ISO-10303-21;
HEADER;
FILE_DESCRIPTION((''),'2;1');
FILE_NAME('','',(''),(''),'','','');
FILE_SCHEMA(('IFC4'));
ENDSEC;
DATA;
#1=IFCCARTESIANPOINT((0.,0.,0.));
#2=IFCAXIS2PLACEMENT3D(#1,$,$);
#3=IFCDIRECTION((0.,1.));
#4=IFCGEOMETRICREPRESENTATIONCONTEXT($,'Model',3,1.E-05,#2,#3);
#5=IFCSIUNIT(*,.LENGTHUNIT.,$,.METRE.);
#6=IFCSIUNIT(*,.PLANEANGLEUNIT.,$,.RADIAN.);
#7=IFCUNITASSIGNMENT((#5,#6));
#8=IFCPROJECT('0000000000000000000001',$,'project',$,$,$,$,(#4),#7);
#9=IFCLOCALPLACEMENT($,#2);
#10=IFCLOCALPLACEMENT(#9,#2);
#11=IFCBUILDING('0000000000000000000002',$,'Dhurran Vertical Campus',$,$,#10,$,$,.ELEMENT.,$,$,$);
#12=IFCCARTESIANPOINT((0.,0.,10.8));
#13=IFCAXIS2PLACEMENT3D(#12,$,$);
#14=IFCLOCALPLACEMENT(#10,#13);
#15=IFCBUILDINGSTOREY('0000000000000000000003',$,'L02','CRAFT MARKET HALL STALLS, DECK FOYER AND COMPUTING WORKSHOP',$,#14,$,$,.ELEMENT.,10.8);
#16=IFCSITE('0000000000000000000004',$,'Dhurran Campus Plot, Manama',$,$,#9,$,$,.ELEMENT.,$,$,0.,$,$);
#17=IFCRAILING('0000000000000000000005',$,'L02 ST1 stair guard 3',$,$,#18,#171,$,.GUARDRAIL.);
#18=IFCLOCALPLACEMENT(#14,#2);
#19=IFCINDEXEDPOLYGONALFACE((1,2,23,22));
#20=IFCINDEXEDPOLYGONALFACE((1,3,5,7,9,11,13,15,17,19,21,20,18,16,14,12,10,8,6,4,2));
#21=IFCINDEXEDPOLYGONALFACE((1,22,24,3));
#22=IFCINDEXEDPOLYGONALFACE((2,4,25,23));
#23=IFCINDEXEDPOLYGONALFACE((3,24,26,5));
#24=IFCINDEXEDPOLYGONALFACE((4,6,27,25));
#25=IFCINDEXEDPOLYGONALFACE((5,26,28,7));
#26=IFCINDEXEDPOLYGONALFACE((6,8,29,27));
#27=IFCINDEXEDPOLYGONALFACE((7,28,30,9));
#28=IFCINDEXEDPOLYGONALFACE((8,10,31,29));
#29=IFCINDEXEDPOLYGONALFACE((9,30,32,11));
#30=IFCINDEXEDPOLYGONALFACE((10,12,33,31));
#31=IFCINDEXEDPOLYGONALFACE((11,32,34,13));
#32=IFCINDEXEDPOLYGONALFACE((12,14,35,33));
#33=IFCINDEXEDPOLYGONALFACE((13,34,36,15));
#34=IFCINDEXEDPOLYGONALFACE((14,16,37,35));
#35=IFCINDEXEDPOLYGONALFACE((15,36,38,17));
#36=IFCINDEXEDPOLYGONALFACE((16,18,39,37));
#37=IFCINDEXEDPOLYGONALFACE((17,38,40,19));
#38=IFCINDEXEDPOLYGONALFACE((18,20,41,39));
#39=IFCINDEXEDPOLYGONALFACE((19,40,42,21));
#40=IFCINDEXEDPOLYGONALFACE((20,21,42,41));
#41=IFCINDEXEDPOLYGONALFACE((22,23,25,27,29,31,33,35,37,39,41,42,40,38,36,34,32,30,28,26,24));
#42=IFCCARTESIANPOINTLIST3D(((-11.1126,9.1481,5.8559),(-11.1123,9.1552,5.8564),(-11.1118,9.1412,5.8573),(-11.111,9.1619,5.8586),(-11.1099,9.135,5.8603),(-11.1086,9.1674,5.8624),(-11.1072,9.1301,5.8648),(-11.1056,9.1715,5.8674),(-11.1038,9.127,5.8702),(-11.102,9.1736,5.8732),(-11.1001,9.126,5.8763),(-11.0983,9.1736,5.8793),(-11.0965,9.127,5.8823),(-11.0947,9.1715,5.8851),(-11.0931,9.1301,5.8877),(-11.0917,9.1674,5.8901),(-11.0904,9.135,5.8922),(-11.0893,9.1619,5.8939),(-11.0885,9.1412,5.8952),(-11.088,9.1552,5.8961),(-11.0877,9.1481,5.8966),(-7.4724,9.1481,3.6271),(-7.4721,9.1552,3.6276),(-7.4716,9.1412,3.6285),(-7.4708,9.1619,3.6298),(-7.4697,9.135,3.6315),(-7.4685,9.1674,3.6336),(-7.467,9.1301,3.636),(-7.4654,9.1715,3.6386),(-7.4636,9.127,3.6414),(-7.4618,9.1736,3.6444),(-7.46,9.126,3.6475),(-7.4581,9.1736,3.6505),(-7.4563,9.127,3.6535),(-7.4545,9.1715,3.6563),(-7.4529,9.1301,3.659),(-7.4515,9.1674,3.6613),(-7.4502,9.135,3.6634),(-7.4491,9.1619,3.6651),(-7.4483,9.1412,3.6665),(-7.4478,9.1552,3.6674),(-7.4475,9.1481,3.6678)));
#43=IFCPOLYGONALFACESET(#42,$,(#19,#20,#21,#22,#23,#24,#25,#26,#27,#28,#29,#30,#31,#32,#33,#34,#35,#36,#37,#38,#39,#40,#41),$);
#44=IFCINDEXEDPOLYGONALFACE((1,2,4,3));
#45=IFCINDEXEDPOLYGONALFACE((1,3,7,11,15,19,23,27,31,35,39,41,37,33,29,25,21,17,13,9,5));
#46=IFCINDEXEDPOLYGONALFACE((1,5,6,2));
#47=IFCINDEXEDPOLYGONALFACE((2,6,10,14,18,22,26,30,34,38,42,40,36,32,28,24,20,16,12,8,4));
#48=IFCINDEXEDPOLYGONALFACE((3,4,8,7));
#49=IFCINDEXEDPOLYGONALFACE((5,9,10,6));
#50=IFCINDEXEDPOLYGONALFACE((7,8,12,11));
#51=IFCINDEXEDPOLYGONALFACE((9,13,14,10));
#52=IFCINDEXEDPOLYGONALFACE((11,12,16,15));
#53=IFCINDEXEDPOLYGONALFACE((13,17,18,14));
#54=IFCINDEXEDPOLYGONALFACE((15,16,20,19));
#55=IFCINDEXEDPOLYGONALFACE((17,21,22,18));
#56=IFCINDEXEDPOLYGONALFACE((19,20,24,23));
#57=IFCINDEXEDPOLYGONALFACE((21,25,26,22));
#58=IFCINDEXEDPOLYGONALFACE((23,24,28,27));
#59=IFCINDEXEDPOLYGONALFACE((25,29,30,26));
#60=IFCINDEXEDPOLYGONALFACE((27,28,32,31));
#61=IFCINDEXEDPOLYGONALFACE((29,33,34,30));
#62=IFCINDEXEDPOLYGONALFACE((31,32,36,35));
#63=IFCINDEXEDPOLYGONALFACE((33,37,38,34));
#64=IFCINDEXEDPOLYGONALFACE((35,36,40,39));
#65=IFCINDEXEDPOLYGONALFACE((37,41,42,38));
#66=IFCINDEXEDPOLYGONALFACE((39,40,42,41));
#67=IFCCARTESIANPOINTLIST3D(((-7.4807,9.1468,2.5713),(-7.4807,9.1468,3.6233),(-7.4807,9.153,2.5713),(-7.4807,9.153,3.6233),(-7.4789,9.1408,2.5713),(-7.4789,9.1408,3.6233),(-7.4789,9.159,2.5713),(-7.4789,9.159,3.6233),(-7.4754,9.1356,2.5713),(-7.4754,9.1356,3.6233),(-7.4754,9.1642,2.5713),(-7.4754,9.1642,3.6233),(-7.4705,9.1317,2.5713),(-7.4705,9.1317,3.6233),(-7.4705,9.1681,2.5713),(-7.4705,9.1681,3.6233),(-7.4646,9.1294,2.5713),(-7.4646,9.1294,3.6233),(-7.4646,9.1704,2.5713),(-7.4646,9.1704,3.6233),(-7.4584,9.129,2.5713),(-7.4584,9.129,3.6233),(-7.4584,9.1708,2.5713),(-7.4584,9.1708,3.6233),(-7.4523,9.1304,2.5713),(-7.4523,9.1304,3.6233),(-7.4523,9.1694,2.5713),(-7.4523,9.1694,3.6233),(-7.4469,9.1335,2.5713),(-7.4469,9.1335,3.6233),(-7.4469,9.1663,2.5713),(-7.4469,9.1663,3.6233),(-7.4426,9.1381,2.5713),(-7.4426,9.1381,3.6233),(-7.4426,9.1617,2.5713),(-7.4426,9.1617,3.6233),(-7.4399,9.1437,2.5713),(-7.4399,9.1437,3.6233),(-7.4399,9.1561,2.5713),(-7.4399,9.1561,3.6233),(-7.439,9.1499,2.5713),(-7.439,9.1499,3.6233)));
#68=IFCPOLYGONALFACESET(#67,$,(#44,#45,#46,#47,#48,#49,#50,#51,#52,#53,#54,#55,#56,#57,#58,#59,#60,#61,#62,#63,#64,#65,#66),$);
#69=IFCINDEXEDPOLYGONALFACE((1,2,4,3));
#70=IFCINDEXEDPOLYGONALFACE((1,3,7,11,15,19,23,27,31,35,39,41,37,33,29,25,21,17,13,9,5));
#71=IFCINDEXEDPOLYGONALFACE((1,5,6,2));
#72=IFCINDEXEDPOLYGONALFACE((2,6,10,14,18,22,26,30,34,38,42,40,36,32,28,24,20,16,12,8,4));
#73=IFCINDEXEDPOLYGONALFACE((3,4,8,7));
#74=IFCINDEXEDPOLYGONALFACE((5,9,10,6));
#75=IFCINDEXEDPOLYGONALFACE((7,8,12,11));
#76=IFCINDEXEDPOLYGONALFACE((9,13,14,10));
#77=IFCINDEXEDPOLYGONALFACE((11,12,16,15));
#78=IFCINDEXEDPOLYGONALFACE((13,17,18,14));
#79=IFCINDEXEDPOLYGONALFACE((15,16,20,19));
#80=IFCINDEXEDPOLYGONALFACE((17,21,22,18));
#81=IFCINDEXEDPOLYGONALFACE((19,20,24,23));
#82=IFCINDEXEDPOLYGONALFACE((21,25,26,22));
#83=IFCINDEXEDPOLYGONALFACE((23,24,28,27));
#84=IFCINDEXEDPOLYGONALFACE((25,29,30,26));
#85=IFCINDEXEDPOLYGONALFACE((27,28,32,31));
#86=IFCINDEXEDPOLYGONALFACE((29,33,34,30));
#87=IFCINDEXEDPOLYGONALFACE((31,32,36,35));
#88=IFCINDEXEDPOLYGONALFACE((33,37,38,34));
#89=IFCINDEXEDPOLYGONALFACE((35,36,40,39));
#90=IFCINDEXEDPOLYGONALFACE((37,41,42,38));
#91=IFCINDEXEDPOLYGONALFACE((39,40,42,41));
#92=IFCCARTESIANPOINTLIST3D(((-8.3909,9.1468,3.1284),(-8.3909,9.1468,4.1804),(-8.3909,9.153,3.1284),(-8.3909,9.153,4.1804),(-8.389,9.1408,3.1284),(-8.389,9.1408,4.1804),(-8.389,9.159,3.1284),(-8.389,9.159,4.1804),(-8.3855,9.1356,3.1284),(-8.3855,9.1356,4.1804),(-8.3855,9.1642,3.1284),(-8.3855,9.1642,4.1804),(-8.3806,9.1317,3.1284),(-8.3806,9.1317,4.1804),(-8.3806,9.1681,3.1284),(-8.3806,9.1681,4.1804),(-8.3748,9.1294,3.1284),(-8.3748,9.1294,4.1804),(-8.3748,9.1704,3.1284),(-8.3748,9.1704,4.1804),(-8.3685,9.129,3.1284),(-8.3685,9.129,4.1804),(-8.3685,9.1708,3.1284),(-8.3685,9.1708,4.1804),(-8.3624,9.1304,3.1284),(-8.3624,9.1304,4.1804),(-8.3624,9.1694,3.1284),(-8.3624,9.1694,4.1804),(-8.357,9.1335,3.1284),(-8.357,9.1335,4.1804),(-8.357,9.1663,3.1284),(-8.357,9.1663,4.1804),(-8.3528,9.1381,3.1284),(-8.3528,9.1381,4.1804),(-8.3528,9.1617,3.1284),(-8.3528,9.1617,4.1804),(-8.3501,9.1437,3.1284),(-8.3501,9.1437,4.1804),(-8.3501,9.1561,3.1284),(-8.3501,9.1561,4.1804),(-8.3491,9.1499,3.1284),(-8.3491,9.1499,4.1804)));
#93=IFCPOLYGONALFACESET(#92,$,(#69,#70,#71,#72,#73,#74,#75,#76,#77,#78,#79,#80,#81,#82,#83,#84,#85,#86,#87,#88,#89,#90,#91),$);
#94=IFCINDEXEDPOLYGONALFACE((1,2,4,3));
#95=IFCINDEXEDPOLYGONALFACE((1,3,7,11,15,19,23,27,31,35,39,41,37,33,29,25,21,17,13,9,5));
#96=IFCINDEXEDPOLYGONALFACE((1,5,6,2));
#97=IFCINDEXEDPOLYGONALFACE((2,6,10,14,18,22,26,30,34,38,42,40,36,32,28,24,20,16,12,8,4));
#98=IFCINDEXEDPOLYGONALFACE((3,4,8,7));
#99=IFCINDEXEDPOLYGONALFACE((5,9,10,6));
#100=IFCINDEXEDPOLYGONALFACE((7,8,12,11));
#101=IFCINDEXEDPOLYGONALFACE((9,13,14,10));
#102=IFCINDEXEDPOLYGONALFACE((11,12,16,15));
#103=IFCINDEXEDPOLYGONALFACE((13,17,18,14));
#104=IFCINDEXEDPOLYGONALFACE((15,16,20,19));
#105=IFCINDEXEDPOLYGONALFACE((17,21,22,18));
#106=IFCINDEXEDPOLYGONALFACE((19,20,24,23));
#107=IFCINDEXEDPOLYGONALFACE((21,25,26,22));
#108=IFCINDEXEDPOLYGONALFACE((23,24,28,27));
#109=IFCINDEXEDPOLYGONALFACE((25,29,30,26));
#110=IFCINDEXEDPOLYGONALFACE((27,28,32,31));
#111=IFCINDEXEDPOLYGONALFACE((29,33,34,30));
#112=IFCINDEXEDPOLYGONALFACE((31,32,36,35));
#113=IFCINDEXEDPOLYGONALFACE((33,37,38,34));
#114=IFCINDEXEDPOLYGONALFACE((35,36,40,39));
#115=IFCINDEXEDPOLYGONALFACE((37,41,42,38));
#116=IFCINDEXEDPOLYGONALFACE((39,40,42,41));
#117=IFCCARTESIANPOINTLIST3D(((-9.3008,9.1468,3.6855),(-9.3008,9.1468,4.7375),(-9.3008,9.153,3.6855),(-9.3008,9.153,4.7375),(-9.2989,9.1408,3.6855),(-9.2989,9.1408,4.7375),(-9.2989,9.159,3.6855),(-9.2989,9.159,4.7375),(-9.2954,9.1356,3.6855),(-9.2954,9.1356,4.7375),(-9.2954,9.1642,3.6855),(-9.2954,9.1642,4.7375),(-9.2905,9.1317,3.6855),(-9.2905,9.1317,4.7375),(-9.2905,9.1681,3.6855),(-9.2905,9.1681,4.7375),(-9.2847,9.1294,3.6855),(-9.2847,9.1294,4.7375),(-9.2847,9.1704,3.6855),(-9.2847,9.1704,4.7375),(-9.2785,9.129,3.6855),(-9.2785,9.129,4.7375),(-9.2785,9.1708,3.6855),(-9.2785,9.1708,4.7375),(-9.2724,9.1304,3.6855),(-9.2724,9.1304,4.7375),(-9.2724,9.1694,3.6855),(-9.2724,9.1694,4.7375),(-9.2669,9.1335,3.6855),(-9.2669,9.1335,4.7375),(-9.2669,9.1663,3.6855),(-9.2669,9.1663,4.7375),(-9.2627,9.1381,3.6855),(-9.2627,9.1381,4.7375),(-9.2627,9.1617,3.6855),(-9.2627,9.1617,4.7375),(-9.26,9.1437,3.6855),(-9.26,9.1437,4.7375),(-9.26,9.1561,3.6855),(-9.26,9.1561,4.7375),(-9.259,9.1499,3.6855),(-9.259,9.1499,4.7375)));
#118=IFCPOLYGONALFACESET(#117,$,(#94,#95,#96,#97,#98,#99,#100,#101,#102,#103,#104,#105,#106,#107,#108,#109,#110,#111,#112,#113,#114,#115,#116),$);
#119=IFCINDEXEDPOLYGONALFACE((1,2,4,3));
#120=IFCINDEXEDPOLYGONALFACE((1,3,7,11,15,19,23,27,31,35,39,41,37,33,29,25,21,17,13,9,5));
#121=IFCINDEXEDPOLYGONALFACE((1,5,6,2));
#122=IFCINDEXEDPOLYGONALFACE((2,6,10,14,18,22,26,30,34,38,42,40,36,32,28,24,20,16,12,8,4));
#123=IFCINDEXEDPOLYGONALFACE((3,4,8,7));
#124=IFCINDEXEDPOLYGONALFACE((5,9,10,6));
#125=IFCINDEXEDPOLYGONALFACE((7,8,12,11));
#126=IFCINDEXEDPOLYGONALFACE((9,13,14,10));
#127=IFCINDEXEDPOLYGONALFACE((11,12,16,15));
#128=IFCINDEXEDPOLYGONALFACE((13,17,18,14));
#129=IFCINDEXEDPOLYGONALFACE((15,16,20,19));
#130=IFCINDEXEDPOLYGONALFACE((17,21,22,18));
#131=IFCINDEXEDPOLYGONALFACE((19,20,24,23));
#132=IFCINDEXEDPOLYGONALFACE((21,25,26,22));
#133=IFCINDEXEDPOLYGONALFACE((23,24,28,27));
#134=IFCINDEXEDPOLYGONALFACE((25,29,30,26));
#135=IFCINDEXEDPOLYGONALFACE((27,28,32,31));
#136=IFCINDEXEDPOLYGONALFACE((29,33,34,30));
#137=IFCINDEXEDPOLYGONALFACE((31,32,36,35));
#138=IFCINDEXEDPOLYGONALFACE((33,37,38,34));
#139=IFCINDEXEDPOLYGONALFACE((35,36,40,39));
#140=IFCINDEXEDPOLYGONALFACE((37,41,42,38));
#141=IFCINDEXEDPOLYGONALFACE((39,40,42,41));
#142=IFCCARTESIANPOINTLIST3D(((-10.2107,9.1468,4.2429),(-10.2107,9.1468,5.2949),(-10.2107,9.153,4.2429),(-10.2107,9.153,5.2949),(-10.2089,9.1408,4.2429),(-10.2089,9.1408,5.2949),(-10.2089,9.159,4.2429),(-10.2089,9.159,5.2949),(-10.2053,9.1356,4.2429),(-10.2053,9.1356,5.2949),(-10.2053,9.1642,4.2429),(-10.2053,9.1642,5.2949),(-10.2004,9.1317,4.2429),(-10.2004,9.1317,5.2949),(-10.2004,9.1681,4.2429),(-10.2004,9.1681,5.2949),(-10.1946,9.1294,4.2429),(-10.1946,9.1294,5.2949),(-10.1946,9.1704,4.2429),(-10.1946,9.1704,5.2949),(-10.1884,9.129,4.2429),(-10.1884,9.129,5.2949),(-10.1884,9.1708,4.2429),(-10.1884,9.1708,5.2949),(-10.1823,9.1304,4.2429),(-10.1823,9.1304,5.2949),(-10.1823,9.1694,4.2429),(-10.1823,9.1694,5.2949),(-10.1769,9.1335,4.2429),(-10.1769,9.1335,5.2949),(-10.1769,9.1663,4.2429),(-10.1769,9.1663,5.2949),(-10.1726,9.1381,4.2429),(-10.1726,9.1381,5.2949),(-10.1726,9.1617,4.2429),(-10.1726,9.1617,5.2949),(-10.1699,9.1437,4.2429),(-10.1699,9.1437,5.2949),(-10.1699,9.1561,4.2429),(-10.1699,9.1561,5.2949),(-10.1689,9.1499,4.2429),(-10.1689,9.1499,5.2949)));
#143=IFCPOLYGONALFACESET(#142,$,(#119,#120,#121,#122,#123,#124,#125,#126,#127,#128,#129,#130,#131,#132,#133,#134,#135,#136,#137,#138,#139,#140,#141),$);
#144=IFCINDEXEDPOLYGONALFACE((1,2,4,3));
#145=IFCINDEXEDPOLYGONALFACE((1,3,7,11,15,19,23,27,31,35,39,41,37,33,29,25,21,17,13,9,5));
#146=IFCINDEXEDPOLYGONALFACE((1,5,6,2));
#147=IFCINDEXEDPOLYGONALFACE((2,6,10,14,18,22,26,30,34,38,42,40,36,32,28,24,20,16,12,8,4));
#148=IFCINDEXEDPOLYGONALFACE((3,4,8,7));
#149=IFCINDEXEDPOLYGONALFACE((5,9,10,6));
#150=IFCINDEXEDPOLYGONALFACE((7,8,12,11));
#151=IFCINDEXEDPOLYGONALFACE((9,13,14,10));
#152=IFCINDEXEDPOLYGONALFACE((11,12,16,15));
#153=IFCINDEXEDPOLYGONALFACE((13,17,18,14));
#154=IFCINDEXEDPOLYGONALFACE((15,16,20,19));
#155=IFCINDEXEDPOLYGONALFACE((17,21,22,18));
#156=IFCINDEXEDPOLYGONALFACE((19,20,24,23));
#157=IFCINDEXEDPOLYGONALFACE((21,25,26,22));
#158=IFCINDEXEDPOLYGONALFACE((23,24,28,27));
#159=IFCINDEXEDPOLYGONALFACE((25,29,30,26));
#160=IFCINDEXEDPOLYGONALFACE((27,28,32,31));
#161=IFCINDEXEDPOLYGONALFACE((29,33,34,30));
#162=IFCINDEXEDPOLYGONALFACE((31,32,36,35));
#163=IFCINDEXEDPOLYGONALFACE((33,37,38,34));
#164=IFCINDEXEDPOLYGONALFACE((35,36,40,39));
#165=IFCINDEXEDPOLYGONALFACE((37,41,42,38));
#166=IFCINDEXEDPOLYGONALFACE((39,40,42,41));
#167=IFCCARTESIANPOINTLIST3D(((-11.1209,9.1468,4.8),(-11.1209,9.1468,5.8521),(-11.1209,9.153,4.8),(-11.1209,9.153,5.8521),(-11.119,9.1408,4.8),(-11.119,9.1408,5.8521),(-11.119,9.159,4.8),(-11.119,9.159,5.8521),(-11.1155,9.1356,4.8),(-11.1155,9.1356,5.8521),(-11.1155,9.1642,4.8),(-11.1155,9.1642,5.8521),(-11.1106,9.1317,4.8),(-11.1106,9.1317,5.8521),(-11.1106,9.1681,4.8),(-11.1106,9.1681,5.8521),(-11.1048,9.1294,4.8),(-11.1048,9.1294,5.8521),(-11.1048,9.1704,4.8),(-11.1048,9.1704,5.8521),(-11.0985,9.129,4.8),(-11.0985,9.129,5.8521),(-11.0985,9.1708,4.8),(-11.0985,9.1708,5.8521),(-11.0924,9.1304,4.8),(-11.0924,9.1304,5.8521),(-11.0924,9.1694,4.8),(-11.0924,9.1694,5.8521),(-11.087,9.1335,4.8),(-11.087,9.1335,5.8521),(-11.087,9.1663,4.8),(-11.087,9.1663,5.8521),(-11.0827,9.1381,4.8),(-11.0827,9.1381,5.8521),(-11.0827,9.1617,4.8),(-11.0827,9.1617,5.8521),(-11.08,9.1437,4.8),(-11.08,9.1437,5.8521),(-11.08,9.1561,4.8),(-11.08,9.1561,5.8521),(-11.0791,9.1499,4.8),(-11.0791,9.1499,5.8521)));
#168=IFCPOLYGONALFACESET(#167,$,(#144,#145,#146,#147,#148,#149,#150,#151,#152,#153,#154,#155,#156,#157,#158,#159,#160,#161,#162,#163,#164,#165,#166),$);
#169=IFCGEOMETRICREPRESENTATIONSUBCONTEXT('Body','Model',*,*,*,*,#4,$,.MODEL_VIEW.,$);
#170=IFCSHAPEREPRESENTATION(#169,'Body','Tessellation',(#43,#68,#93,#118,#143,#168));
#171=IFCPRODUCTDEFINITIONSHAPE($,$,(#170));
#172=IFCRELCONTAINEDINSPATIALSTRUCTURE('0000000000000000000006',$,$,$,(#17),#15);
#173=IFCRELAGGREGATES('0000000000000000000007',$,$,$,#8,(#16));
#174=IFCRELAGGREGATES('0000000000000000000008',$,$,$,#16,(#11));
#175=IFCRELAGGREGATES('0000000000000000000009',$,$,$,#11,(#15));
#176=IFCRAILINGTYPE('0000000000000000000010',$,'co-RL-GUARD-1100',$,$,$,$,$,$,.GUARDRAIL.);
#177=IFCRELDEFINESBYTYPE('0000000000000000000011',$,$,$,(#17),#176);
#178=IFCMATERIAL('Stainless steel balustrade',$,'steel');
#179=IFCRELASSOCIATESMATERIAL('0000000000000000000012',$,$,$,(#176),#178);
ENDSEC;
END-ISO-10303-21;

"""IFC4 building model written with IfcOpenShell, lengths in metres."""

from ifc_helpers import new_model, si_unit, direction, frame, origin, origin_2d, place, context, subcontext, project, spatial, circle, extrude, material, type_object, element, save


model = new_model("IFC4")

# Units and contexts
model_context = context("Model", 3, precision=1e-05, world=origin(), true_north=direction((0.0, 1.0)))
body_context = subcontext(model_context, "Body", "Model", "MODEL_VIEW")
ifc_project = project(units=[si_unit("LENGTHUNIT", "METRE"), si_unit("PLANEANGLEUNIT", "RADIAN")], contexts=[model_context])

# Site, building, storey
site_placement = place(None, origin())
site = spatial("IfcSite", under=ifc_project, at=site_placement, Name="Dhurran Campus Plot, Manama", CompositionType="ELEMENT", RefElevation=0.0)
building_placement = place(site_placement, origin())
building = spatial("IfcBuilding", under=site, at=building_placement, Name="Dhurran Vertical Campus", CompositionType="ELEMENT")
storey_placement = place(building_placement, frame((0.0, 0.0, 10.8)))
storey = spatial("IfcBuildingStorey", under=building, at=storey_placement, Name="L02", Description="CRAFT MARKET HALL STALLS, DECK FOYER AND COMPUTING WORKSHOP", CompositionType="ELEMENT", Elevation=10.8)

# Railing
ifc_material_1 = material(Name="Stainless steel balustrade", Category="steel")
railing_type_1 = type_object("IfcRailingType", Name="co-RL-GUARD-1100", PredefinedType="GUARDRAIL", material=ifc_material_1)
railing_1_placement = place(storey_placement, frame((-7.46, 9.1499, 2.5713)))
element("IfcRailing", 1, at=railing_1_placement, inside=storey, type_object=railing_type_1, Name="L02 ST1 stair guard 3", PredefinedType="GUARDRAIL", context=body_context, shape_type="SweptSolid", body=[
    extrude(circle(Radius=0.0239, at=origin_2d()), frame((0.0, 0.0, 1.0762), z_axis=(-0.85284, 0.0, 0.522172), x_axis=(0.0, -1.0, 0.0)), (0.0, 0.0, 1.0), 4.2683),
    extrude(circle(Radius=0.021, at=origin_2d()), origin(), (0.0, 0.0, 1.0), 1.052),
    extrude(circle(Radius=0.021, at=origin_2d()), frame((-0.9102, 0.0, 0.5571)), (0.0, 0.0, 1.0), 1.052),
    extrude(circle(Radius=0.021, at=origin_2d()), frame((-1.8201, 0.0, 1.1143)), (0.0, 0.0, 1.0), 1.052),
    extrude(circle(Radius=0.021, at=origin_2d()), frame((-2.73, 0.0, 1.6716)), (0.0, 0.0, 1.0), 1.052),
    extrude(circle(Radius=0.021, at=origin_2d()), frame((-3.6401, 0.0, 2.2288)), (0.0, 0.0, 1.0), 1.052),
])

save(model, "model.ifc")
